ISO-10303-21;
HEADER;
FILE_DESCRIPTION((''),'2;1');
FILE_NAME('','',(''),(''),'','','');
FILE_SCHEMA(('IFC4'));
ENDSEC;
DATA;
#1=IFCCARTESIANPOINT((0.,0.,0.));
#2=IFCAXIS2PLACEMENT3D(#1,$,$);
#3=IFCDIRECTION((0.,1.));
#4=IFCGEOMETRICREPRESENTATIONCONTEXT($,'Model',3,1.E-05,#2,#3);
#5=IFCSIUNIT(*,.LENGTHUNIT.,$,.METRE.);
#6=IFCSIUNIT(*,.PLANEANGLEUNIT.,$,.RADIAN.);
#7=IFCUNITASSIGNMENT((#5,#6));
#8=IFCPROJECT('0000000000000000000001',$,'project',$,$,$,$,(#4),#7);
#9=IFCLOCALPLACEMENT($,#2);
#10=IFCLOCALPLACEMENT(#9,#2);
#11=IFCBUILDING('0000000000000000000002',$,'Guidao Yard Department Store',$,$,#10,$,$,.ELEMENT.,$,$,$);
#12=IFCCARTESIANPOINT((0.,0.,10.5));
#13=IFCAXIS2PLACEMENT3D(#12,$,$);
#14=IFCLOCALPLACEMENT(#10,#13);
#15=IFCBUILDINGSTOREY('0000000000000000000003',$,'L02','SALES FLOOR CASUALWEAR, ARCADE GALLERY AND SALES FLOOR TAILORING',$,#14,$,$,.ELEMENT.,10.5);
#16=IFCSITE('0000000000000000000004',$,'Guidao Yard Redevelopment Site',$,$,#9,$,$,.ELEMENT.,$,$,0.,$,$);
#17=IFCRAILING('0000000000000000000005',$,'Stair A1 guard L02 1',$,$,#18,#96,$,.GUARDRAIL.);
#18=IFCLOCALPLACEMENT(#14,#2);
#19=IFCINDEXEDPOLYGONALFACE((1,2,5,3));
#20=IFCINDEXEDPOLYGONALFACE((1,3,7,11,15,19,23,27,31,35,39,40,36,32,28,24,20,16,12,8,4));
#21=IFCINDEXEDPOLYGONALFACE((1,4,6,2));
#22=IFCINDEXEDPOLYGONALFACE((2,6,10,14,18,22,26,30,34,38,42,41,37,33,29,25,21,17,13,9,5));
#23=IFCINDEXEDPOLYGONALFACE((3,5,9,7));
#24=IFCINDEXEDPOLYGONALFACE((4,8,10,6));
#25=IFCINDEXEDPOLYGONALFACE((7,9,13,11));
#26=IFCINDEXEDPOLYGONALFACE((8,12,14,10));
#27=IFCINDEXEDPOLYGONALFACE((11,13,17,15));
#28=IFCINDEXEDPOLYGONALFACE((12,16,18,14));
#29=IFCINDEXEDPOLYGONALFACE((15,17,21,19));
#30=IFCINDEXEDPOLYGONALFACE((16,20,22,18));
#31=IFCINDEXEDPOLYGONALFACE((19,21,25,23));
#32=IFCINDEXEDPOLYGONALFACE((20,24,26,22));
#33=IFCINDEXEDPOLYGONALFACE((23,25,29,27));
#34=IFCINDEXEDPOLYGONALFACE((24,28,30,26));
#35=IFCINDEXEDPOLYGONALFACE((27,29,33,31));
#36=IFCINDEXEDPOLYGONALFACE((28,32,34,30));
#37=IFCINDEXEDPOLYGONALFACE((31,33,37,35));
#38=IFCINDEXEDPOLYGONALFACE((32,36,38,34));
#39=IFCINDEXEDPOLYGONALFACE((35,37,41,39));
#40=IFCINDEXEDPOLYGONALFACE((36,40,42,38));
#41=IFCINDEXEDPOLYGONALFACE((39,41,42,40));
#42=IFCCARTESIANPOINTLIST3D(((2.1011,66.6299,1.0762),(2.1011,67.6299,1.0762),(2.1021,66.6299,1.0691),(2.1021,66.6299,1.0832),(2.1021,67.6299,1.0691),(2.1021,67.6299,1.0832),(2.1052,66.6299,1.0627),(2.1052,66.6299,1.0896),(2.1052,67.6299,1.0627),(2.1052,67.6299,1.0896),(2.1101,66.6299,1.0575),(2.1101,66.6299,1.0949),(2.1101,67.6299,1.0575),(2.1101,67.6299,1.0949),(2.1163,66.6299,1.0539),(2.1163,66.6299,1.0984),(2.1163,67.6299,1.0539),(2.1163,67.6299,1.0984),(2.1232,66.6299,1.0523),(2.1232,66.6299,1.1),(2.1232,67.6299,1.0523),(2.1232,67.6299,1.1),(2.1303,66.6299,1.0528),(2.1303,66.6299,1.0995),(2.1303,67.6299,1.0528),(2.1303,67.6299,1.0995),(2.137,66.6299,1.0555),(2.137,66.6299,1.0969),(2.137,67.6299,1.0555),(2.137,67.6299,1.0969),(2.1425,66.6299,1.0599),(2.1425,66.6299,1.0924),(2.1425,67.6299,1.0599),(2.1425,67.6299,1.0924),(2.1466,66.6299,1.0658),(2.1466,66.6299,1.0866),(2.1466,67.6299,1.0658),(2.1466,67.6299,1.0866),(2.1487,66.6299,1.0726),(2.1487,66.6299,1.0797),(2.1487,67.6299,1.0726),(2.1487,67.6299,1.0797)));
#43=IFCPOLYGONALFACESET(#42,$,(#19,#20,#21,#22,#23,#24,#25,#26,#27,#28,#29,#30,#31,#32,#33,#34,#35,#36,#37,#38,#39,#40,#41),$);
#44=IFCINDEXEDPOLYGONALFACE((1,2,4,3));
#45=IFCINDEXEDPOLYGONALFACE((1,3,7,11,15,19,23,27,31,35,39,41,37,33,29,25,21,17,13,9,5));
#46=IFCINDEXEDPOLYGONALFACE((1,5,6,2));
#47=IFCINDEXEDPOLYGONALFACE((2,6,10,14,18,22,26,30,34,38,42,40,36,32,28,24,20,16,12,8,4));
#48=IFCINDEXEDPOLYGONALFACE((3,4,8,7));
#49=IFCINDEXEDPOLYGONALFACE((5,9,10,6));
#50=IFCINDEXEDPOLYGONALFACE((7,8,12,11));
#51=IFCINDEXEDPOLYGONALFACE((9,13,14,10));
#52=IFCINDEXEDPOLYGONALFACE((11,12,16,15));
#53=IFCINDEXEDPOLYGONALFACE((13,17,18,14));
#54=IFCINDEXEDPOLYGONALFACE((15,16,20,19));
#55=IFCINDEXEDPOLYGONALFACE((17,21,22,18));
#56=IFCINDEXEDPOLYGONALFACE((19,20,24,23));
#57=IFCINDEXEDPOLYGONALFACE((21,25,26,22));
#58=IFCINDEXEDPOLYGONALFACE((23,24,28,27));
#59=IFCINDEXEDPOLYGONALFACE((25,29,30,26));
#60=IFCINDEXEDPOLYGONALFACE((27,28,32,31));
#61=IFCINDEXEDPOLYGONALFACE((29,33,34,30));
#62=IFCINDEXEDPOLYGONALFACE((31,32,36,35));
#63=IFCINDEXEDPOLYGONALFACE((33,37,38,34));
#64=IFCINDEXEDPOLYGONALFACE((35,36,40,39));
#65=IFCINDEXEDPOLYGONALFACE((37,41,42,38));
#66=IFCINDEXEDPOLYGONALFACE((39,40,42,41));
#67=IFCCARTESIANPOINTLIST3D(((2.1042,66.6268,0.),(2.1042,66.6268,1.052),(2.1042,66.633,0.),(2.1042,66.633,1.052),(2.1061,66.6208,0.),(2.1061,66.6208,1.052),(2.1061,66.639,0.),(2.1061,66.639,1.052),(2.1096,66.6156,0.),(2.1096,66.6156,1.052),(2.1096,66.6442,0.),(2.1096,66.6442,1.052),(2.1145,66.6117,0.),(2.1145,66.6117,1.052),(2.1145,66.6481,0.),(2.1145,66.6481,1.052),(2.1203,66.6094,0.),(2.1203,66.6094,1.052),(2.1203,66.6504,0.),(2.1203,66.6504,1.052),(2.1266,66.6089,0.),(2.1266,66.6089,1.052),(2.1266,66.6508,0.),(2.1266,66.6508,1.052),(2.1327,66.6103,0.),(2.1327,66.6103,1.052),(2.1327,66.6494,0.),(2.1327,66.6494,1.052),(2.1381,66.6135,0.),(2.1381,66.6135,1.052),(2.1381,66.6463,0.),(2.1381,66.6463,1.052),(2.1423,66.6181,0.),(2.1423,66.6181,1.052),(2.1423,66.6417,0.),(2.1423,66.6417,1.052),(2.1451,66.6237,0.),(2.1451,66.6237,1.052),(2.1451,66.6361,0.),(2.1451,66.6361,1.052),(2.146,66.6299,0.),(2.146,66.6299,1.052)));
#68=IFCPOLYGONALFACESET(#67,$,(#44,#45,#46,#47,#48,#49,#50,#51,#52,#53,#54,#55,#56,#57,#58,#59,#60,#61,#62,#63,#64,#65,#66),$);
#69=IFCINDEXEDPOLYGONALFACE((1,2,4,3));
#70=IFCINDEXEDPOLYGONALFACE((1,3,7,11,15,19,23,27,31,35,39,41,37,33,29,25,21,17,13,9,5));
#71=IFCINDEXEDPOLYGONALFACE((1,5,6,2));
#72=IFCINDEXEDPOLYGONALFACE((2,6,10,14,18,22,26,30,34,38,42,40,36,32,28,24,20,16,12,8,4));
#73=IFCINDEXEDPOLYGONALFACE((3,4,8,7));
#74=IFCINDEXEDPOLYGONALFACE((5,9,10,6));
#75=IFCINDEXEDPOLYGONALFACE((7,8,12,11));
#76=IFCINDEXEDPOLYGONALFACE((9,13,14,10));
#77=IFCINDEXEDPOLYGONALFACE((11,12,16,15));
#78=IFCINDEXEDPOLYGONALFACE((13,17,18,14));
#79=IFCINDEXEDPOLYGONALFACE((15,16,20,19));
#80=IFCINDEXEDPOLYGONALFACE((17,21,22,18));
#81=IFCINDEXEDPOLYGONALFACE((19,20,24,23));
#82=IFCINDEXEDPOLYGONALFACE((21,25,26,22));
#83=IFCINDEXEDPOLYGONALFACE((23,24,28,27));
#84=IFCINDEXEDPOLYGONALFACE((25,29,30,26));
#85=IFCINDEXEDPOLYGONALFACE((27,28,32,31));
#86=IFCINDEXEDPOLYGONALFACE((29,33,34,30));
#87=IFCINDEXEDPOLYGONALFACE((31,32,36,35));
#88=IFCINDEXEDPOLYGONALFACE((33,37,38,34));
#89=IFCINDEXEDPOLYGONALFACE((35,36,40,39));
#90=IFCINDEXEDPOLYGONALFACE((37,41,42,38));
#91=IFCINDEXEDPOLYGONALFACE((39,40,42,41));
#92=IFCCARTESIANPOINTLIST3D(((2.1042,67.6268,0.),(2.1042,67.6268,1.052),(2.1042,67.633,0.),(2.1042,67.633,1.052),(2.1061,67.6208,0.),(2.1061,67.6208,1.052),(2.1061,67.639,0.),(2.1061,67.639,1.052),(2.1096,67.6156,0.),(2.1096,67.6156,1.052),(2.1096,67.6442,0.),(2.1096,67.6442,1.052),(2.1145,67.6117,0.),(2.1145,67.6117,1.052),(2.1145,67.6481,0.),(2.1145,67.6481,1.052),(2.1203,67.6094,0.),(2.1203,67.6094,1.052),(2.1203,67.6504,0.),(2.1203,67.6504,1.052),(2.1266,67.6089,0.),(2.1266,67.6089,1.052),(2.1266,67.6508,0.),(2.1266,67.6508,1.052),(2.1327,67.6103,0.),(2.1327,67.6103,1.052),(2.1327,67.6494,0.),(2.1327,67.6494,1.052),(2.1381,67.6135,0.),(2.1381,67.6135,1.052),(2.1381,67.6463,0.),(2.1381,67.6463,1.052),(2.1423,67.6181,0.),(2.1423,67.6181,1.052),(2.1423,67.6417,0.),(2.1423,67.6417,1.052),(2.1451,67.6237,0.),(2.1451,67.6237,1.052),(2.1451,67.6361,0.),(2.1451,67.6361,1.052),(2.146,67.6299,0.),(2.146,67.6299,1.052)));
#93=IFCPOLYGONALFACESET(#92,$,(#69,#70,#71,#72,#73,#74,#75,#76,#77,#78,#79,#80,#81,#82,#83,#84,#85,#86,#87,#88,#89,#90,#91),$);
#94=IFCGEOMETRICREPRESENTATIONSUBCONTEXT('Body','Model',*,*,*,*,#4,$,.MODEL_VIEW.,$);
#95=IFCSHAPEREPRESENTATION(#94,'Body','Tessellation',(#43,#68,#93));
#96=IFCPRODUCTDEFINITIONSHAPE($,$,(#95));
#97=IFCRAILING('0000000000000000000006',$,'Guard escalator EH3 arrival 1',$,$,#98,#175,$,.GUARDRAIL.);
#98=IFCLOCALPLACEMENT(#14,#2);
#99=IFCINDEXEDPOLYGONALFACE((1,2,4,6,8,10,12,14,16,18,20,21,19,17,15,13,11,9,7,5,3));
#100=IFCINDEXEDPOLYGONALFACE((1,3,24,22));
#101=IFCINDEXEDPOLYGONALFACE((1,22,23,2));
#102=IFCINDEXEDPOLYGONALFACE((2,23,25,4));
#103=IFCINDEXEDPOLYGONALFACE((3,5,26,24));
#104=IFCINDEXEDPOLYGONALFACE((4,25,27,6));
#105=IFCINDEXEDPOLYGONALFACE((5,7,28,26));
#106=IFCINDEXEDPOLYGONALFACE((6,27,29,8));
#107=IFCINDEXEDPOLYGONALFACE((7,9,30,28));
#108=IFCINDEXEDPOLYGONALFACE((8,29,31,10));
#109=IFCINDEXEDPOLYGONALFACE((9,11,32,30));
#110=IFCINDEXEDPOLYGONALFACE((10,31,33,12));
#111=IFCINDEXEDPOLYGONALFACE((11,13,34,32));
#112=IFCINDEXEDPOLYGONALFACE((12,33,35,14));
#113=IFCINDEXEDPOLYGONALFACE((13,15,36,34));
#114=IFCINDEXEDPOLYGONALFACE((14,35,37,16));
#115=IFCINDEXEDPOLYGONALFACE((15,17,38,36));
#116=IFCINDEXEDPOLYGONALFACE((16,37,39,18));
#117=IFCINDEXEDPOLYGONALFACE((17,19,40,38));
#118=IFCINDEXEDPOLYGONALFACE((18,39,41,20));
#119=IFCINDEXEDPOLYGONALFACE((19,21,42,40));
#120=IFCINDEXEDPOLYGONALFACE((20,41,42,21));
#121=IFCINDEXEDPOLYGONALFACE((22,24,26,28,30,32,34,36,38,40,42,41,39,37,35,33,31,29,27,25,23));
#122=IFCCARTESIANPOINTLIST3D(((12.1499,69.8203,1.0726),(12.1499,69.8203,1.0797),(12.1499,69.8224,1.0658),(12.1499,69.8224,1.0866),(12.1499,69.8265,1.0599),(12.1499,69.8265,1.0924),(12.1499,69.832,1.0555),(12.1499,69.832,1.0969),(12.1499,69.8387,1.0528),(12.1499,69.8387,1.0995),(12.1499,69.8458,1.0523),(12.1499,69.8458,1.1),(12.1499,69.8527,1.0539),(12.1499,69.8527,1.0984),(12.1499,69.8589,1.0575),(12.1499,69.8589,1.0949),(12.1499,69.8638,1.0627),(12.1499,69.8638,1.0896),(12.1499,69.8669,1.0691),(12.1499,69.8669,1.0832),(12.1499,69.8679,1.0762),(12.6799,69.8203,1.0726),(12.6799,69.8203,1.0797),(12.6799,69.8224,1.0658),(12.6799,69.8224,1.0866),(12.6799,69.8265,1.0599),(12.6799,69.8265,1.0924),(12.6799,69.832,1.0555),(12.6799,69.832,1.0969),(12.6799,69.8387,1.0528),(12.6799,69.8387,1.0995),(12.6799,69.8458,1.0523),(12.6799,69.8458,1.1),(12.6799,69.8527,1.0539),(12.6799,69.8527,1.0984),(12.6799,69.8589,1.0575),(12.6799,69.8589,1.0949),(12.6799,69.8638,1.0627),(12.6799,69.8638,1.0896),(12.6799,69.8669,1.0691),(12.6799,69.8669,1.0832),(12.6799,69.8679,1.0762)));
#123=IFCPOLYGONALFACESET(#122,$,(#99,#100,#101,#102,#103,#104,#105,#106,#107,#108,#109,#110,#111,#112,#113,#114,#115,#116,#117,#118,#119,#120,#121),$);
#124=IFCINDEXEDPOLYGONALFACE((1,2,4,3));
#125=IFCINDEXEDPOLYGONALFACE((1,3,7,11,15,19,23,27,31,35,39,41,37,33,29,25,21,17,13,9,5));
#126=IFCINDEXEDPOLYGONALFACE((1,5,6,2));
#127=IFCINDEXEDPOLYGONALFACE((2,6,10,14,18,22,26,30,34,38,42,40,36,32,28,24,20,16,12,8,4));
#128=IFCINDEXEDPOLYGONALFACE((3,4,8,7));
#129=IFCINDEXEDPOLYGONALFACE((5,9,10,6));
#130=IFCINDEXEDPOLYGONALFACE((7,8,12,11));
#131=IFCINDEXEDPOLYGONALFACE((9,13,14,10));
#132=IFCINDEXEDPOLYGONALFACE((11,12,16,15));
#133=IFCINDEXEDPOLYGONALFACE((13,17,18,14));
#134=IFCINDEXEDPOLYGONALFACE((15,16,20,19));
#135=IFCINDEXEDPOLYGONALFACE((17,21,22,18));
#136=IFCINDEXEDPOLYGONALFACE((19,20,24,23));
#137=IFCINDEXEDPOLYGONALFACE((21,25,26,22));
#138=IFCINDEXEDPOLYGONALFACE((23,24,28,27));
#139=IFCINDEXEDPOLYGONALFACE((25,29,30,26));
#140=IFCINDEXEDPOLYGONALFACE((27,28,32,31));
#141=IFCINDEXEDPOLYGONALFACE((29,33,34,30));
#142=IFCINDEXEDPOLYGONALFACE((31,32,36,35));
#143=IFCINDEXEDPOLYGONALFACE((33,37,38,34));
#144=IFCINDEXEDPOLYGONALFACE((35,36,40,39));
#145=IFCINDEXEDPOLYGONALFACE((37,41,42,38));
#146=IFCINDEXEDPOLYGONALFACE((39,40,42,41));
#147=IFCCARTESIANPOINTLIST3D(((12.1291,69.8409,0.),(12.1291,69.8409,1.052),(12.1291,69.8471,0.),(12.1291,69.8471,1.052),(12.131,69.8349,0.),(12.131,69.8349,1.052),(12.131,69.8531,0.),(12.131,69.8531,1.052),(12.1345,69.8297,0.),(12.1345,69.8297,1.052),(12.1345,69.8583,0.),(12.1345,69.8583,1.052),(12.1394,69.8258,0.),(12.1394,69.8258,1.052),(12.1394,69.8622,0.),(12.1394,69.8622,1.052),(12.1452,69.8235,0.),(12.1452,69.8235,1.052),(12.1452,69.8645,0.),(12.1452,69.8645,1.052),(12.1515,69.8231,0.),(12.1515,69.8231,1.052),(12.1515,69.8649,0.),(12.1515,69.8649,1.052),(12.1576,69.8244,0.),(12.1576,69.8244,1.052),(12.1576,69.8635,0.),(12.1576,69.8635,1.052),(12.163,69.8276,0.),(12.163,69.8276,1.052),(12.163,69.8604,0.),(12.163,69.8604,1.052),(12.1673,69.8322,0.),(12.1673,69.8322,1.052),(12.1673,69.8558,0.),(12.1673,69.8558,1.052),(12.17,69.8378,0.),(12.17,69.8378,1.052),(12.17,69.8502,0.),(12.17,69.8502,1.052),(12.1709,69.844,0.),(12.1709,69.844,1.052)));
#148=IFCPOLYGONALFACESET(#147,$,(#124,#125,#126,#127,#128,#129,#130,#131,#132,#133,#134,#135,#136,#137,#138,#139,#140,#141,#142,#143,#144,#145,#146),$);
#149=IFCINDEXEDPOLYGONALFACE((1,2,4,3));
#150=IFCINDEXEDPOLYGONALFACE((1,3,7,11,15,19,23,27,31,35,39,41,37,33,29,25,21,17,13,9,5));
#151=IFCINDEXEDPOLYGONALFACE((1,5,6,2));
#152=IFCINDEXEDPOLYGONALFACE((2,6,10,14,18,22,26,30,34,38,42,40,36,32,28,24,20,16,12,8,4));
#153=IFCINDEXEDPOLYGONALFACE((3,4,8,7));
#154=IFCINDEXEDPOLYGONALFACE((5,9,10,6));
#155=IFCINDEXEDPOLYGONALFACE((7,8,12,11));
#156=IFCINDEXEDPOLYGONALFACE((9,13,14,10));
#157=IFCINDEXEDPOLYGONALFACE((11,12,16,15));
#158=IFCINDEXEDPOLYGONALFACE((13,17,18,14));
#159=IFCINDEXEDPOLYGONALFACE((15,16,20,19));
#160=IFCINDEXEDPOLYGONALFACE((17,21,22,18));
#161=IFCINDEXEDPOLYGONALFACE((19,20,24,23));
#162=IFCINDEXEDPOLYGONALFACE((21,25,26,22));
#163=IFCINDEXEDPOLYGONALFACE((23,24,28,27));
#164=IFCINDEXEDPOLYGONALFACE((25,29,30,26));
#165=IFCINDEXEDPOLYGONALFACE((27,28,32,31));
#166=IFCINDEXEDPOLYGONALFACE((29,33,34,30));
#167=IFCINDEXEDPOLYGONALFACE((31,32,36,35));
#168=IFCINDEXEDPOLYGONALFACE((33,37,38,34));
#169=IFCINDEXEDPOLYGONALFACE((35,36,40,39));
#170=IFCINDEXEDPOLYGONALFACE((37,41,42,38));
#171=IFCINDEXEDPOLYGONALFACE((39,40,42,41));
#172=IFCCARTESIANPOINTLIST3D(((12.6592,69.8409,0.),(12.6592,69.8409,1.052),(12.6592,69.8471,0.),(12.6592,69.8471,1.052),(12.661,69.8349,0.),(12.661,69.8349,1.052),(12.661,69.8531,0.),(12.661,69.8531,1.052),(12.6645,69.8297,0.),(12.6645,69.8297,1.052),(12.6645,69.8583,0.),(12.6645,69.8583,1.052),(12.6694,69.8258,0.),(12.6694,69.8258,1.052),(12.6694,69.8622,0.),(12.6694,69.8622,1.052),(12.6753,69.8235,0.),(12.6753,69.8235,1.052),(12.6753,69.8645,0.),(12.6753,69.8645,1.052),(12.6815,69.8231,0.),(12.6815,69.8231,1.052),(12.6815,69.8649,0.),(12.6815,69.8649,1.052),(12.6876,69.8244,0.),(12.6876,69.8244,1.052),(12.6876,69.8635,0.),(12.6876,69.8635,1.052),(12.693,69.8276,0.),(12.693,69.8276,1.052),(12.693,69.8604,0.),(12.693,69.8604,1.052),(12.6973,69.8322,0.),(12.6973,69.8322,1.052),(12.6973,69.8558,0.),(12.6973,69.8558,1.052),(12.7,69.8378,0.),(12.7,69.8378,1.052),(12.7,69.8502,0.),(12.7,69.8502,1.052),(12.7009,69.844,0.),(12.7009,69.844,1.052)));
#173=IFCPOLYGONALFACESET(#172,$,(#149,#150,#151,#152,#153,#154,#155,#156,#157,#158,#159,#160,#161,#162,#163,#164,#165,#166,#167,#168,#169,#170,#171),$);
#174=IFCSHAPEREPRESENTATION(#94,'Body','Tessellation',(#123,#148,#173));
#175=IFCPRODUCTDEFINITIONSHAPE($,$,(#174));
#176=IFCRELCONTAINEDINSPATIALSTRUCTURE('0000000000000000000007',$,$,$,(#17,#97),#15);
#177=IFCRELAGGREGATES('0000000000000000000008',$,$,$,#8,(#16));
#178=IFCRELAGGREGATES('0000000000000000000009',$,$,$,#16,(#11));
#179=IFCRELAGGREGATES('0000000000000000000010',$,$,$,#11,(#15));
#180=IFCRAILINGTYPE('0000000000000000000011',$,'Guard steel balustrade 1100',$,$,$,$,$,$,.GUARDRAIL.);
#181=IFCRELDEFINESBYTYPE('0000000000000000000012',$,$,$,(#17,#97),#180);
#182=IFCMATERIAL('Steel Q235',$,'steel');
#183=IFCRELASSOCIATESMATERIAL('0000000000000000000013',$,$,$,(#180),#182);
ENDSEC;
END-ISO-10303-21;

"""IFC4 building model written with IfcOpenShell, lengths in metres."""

from ifc_helpers import new_model, si_unit, direction, frame, origin, origin_2d, place, context, subcontext, project, spatial, circle, extrude, material, type_object, element, save


model = new_model("IFC4")

# Units and contexts
model_context = context("Model", 3, precision=1e-05, world=origin(), true_north=direction((0.0, 1.0)))
body_context = subcontext(model_context, "Body", "Model", "MODEL_VIEW")
ifc_project = project(units=[si_unit("LENGTHUNIT", "METRE"), si_unit("PLANEANGLEUNIT", "RADIAN")], contexts=[model_context])

# Site, building, storey
site_placement = place(None, origin())
site = spatial("IfcSite", under=ifc_project, at=site_placement, Name="Guidao Yard Redevelopment Site", CompositionType="ELEMENT", RefElevation=0.0)
building_placement = place(site_placement, origin())
building = spatial("IfcBuilding", under=site, at=building_placement, Name="Guidao Yard Department Store", CompositionType="ELEMENT")
storey_placement = place(building_placement, frame((0.0, 0.0, 10.5)))
storey = spatial("IfcBuildingStorey", under=building, at=storey_placement, Name="L02", Description="SALES FLOOR CASUALWEAR, ARCADE GALLERY AND SALES FLOOR TAILORING", CompositionType="ELEMENT", Elevation=10.5)

# Railings
ifc_material_1 = material(Name="Steel Q235", Category="steel")
railing_type_1 = type_object("IfcRailingType", Name="Guard steel balustrade 1100", PredefinedType="GUARDRAIL", material=ifc_material_1)
railing_1_placement = place(storey_placement, frame((2.125, 66.6299, 0.0)))
element("IfcRailing", 1, at=railing_1_placement, inside=storey, type_object=railing_type_1, Name="Stair A1 guard L02 1", PredefinedType="GUARDRAIL", context=body_context, shape_type="SweptSolid", body=[
    extrude(circle(Radius=0.0239, at=origin_2d()), frame((0.0, 0.0, 1.0762), z_axis=(0.0, 1.0, 0.0), x_axis=(-1.0, 0.0, 0.0)), (0.0, 0.0, 1.0), 1.0),
    extrude(circle(Radius=0.021, at=origin_2d()), origin(), (0.0, 0.0, 1.0), 1.052),
    extrude(circle(Radius=0.021, at=origin_2d()), frame((0.0, 1.0, 0.0)), (0.0, 0.0, 1.0), 1.052),
])
railing_2_placement = place(storey_placement, frame((12.1499, 69.844, 0.0)))
element("IfcRailing", 2, at=railing_2_placement, inside=storey, type_object=railing_type_1, Name="Guard escalator EH3 arrival 1", PredefinedType="GUARDRAIL", context=body_context, shape_type="SweptSolid", body=[
    extrude(circle(Radius=0.0239, at=origin_2d()), frame((0.0, 0.0, 1.0762), z_axis=(1.0, 0.0, 0.0), x_axis=(0.0, 1.0, 0.0)), (0.0, 0.0, 1.0), 0.53),
    extrude(circle(Radius=0.021, at=origin_2d()), origin(), (0.0, 0.0, 1.0), 1.052),
    extrude(circle(Radius=0.021, at=origin_2d()), frame((0.53, 0.0, 0.0)), (0.0, 0.0, 1.0), 1.052),
])

save(model, "model.ifc")
